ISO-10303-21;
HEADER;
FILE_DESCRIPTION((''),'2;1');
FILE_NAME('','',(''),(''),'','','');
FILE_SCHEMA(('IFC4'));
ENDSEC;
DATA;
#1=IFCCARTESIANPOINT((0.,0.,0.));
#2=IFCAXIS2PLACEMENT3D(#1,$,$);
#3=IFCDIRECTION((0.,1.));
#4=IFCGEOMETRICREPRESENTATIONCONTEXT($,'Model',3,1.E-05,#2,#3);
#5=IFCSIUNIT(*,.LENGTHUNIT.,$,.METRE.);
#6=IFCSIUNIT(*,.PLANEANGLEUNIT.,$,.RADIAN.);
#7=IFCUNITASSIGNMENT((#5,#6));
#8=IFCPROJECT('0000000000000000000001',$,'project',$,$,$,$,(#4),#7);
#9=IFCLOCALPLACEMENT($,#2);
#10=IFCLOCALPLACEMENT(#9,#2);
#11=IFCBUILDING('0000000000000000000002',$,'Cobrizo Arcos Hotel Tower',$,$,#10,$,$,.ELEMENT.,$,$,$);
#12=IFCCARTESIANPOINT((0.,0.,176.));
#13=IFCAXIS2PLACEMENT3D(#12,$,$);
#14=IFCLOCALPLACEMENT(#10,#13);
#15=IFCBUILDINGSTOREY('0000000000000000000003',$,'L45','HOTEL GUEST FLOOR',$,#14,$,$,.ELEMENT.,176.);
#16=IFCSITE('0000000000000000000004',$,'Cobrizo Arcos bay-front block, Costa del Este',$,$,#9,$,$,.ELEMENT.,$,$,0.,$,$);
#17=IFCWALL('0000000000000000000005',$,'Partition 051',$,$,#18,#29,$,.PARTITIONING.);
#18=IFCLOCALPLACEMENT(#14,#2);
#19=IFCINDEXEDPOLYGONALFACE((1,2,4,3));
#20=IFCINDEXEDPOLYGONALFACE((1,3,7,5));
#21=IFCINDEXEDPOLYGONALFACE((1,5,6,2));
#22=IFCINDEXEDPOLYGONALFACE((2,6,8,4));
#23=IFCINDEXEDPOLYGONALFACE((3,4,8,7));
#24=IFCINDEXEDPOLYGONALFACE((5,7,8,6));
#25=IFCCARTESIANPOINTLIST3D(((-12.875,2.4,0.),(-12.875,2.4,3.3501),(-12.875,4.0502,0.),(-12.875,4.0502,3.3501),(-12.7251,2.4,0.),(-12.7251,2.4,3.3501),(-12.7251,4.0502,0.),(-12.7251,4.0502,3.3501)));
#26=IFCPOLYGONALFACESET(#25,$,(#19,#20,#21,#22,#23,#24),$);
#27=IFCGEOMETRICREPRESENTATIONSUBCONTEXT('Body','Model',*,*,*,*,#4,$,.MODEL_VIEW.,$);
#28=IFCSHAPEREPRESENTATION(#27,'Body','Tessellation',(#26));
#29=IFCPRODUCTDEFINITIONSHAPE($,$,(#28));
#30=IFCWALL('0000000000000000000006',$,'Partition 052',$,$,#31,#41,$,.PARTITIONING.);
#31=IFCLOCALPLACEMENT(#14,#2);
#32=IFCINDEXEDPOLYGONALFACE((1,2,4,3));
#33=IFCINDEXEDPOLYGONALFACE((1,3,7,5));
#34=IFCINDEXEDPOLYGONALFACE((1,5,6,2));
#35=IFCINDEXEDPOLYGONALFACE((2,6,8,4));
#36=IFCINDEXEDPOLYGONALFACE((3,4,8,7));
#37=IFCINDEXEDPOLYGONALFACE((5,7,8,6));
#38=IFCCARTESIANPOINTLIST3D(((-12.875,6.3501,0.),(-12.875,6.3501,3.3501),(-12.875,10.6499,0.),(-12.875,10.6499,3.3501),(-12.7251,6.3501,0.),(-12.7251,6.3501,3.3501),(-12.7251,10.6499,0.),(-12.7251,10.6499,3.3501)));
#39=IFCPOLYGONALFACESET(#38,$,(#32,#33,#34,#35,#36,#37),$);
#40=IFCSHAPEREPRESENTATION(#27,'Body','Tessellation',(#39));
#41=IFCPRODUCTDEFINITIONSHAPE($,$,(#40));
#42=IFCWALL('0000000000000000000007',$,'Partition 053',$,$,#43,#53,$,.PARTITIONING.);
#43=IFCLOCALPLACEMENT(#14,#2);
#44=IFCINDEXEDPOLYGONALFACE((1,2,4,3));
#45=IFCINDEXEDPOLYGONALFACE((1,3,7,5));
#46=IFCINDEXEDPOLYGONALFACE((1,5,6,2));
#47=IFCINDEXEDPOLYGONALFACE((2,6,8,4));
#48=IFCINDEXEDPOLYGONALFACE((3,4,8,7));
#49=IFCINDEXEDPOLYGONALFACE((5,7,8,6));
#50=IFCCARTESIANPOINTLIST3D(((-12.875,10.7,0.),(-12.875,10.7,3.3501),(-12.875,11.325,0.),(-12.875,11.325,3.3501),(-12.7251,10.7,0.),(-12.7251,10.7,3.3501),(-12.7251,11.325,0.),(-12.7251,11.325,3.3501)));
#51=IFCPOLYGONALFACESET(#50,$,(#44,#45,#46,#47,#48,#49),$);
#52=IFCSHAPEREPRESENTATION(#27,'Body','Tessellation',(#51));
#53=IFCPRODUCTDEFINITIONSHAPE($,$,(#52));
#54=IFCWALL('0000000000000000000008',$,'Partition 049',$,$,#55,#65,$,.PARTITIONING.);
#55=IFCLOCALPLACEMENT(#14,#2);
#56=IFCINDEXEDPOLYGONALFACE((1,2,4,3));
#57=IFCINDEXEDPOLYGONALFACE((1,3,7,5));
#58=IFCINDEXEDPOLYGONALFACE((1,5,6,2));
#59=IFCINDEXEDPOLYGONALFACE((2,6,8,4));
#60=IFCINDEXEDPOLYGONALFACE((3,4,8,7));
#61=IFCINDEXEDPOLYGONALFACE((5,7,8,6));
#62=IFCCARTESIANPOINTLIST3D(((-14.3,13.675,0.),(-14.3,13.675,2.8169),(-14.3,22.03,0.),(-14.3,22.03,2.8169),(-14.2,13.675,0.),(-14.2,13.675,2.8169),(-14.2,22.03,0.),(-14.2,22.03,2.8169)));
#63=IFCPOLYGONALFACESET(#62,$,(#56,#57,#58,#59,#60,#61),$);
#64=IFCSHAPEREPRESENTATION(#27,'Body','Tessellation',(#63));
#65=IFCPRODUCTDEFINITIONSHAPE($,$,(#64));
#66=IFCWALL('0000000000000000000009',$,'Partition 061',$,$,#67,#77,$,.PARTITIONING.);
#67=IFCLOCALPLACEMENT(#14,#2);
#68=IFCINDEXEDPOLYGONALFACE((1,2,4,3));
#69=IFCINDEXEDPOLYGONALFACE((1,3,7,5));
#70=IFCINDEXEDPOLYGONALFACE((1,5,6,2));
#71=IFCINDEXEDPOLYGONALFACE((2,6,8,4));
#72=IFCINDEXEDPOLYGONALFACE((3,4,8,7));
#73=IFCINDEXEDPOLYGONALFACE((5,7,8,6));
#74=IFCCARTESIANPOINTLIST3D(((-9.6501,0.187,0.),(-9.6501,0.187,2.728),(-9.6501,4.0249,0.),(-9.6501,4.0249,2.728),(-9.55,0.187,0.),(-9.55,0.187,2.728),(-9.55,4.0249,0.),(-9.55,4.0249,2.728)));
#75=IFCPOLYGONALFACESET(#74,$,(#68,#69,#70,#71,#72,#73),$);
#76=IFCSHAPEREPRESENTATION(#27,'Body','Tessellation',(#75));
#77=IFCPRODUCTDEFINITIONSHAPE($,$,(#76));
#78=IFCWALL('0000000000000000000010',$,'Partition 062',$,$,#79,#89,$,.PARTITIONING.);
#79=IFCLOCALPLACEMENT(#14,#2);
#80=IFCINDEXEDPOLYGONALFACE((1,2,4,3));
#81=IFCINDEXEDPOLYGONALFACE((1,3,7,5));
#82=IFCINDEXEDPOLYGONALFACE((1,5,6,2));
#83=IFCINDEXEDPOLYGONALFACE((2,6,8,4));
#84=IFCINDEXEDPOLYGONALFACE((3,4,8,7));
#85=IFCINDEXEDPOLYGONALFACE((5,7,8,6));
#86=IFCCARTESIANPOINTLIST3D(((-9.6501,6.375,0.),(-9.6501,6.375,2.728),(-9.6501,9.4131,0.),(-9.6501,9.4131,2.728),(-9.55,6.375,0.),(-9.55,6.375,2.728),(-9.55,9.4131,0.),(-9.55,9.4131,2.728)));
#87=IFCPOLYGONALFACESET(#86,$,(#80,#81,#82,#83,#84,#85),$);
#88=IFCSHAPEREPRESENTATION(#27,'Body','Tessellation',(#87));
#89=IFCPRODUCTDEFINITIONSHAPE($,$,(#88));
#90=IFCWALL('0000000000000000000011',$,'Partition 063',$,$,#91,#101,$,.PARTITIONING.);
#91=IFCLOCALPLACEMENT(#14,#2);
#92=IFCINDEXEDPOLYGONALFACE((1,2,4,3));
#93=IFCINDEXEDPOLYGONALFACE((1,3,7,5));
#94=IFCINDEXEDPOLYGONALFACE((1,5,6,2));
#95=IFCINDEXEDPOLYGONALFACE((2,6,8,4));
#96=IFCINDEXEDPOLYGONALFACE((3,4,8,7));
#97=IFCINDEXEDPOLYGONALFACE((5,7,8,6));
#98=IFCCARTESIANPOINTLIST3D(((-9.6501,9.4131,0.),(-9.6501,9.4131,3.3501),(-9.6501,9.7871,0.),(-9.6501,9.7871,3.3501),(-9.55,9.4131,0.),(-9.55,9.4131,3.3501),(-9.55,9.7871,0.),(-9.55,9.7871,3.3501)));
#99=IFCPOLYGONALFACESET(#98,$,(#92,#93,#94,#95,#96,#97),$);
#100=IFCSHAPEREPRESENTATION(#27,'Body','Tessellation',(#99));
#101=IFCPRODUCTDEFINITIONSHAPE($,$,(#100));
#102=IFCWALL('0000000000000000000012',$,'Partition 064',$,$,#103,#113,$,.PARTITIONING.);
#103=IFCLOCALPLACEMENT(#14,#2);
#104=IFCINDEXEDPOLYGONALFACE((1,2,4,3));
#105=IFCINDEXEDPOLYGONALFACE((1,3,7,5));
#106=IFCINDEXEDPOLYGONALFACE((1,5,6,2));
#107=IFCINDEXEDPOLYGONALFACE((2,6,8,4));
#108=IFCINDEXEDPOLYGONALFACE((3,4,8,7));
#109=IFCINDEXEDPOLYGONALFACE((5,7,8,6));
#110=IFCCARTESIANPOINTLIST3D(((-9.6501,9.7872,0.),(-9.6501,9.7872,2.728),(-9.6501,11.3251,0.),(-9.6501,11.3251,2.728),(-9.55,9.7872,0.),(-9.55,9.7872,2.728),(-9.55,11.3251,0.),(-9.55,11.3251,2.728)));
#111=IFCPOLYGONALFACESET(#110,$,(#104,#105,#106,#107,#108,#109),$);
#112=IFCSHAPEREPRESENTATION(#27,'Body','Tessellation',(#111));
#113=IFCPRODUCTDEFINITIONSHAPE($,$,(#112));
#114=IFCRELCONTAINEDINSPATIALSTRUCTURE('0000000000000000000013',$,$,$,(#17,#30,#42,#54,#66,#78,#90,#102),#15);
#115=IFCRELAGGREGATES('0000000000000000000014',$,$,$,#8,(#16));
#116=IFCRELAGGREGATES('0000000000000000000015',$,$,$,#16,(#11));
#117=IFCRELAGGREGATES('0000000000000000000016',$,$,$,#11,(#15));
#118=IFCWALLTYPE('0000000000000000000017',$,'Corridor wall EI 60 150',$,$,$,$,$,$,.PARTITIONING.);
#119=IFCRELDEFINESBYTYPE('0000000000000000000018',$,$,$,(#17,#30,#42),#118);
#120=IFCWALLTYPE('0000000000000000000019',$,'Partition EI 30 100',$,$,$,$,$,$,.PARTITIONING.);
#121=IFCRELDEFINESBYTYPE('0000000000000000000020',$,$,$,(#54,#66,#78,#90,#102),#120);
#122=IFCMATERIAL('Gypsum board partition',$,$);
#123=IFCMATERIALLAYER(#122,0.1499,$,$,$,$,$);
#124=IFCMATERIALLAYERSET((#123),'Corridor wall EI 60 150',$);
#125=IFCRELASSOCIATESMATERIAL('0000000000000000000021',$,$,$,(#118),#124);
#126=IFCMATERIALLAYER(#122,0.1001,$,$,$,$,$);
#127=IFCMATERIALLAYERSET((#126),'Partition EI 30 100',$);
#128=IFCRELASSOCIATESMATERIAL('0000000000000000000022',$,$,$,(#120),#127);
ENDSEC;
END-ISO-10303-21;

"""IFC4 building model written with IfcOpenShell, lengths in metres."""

from ifc_helpers import new_model, si_unit, direction, frame, frame_2d, origin, place, context, subcontext, project, spatial, rectangle, extrude, material, layer, layer_set, type_object, element, save


model = new_model("IFC4")

# Units and contexts
model_context = context("Model", 3, precision=1e-05, world=origin(), true_north=direction((0.0, 1.0)))
body_context = subcontext(model_context, "Body", "Model", "MODEL_VIEW")
ifc_project = project(units=[si_unit("LENGTHUNIT", "METRE"), si_unit("PLANEANGLEUNIT", "RADIAN")], contexts=[model_context])

# Site, building, storey
site_placement = place(None, origin())
site = spatial("IfcSite", under=ifc_project, at=site_placement, Name="Cobrizo Arcos bay-front block, Costa del Este", CompositionType="ELEMENT", RefElevation=0.0)
building_placement = place(site_placement, origin())
building = spatial("IfcBuilding", under=site, at=building_placement, Name="Cobrizo Arcos Hotel Tower", CompositionType="ELEMENT")
storey_placement = place(building_placement, frame((0.0, 0.0, 176.0)))
storey = spatial("IfcBuildingStorey", under=building, at=storey_placement, Name="L45", Description="HOTEL GUEST FLOOR", CompositionType="ELEMENT", Elevation=176.0)

# Shared definitions
ifc_material_1 = material(Name="Gypsum board partition")
ifc_layer_1 = layer(ifc_material_1, 0.1499)
ifc_layer_set_1 = layer_set([ifc_layer_1], Name="Corridor wall EI 60 150")
wall_type_1 = type_object("IfcWallType", Name="Corridor wall EI 60 150", PredefinedType="PARTITIONING", material=ifc_layer_set_1)

# Walls
wall_1_placement = place(storey_placement, frame((-12.8, 2.3999, 0.0), z_axis=(0.0, 0.0, 1.0), x_axis=(0.0, 1.0, 0.0)))
element("IfcWall", 1, at=wall_1_placement, inside=storey, type_object=wall_type_1, Name="Partition 051", PredefinedType="PARTITIONING", context=body_context, shape_type="SweptSolid", body=[
    extrude(rectangle(XDim=1.6501, YDim=0.1499, at=frame_2d((0.8252, 0.0))), origin(), (0.0, 0.0, 1.0), 3.3501),
])
wall_2_placement = place(storey_placement, frame((-12.8, 6.3501, 0.0), z_axis=(0.0, 0.0, 1.0), x_axis=(0.0, 1.0, 0.0)))
element("IfcWall", 2, at=wall_2_placement, inside=storey, type_object=wall_type_1, Name="Partition 052", PredefinedType="PARTITIONING", context=body_context, shape_type="SweptSolid", body=[
    extrude(rectangle(XDim=4.2998, YDim=0.1499, at=frame_2d((2.1499, 0.0))), origin(), (0.0, 0.0, 1.0), 3.3501),
])
wall_3_placement = place(storey_placement, frame((-12.8, 10.7, 0.0), z_axis=(0.0, 0.0, 1.0), x_axis=(0.0, 1.0, 0.0)))
element("IfcWall", 3, at=wall_3_placement, inside=storey, type_object=wall_type_1, Name="Partition 053", PredefinedType="PARTITIONING", context=body_context, shape_type="SweptSolid", body=[
    extrude(rectangle(XDim=0.625, YDim=0.1499, at=frame_2d((0.3125, 0.0))), origin(), (0.0, 0.0, 1.0), 3.3501),
])
ifc_layer_2 = layer(ifc_material_1, 0.1001)
ifc_layer_set_2 = layer_set([ifc_layer_2], Name="Partition EI 30 100")
wall_type_2 = type_object("IfcWallType", Name="Partition EI 30 100", PredefinedType="PARTITIONING", material=ifc_layer_set_2)
wall_4_placement = place(storey_placement, frame((-14.25, 13.675, 0.0), z_axis=(0.0, 0.0, 1.0), x_axis=(0.0, 1.0, 0.0)))
element("IfcWall", 4, at=wall_4_placement, inside=storey, type_object=wall_type_2, Name="Partition 049", PredefinedType="PARTITIONING", context=body_context, shape_type="SweptSolid", body=[
    extrude(rectangle(XDim=8.355, YDim=0.1001, at=frame_2d((4.1775, 0.0))), origin(), (0.0, 0.0, 1.0), 2.8169),
])
wall_5_placement = place(storey_placement, frame((-9.6001, 0.187, 0.0), z_axis=(0.0, 0.0, 1.0), x_axis=(0.0, 1.0, 0.0)))
element("IfcWall", 5, at=wall_5_placement, inside=storey, type_object=wall_type_2, Name="Partition 061", PredefinedType="PARTITIONING", context=body_context, shape_type="SweptSolid", body=[
    extrude(rectangle(XDim=3.8379, YDim=0.1001, at=frame_2d((1.9189, 0.0))), origin(), (0.0, 0.0, 1.0), 2.728),
])
wall_6_placement = place(storey_placement, frame((-9.6001, 6.375, 0.0), z_axis=(0.0, 0.0, 1.0), x_axis=(0.0, 1.0, 0.0)))
element("IfcWall", 6, at=wall_6_placement, inside=storey, type_object=wall_type_2, Name="Partition 062", PredefinedType="PARTITIONING", context=body_context, shape_type="SweptSolid", body=[
    extrude(rectangle(XDim=3.0381, YDim=0.1001, at=frame_2d((1.519, 0.0))), origin(), (0.0, 0.0, 1.0), 2.728),
])
wall_7_placement = place(storey_placement, frame((-9.6001, 9.4131, 0.0), z_axis=(0.0, 0.0, 1.0), x_axis=(0.0, 1.0, 0.0)))
element("IfcWall", 7, at=wall_7_placement, inside=storey, type_object=wall_type_2, Name="Partition 063", PredefinedType="PARTITIONING", context=body_context, shape_type="SweptSolid", body=[
    extrude(rectangle(XDim=0.374, YDim=0.1001, at=frame_2d((0.187, 0.0))), origin(), (0.0, 0.0, 1.0), 3.3501),
])
wall_8_placement = place(storey_placement, frame((-9.6001, 9.7871, 0.0), z_axis=(0.0, 0.0, 1.0), x_axis=(0.0, 1.0, 0.0)))
element("IfcWall", 8, at=wall_8_placement, inside=storey, type_object=wall_type_2, Name="Partition 064", PredefinedType="PARTITIONING", context=body_context, shape_type="SweptSolid", body=[
    extrude(rectangle(XDim=1.5378, YDim=0.1001, at=frame_2d((0.769, 0.0))), origin(), (0.0, 0.0, 1.0), 2.728),
])

save(model, "model.ifc")
